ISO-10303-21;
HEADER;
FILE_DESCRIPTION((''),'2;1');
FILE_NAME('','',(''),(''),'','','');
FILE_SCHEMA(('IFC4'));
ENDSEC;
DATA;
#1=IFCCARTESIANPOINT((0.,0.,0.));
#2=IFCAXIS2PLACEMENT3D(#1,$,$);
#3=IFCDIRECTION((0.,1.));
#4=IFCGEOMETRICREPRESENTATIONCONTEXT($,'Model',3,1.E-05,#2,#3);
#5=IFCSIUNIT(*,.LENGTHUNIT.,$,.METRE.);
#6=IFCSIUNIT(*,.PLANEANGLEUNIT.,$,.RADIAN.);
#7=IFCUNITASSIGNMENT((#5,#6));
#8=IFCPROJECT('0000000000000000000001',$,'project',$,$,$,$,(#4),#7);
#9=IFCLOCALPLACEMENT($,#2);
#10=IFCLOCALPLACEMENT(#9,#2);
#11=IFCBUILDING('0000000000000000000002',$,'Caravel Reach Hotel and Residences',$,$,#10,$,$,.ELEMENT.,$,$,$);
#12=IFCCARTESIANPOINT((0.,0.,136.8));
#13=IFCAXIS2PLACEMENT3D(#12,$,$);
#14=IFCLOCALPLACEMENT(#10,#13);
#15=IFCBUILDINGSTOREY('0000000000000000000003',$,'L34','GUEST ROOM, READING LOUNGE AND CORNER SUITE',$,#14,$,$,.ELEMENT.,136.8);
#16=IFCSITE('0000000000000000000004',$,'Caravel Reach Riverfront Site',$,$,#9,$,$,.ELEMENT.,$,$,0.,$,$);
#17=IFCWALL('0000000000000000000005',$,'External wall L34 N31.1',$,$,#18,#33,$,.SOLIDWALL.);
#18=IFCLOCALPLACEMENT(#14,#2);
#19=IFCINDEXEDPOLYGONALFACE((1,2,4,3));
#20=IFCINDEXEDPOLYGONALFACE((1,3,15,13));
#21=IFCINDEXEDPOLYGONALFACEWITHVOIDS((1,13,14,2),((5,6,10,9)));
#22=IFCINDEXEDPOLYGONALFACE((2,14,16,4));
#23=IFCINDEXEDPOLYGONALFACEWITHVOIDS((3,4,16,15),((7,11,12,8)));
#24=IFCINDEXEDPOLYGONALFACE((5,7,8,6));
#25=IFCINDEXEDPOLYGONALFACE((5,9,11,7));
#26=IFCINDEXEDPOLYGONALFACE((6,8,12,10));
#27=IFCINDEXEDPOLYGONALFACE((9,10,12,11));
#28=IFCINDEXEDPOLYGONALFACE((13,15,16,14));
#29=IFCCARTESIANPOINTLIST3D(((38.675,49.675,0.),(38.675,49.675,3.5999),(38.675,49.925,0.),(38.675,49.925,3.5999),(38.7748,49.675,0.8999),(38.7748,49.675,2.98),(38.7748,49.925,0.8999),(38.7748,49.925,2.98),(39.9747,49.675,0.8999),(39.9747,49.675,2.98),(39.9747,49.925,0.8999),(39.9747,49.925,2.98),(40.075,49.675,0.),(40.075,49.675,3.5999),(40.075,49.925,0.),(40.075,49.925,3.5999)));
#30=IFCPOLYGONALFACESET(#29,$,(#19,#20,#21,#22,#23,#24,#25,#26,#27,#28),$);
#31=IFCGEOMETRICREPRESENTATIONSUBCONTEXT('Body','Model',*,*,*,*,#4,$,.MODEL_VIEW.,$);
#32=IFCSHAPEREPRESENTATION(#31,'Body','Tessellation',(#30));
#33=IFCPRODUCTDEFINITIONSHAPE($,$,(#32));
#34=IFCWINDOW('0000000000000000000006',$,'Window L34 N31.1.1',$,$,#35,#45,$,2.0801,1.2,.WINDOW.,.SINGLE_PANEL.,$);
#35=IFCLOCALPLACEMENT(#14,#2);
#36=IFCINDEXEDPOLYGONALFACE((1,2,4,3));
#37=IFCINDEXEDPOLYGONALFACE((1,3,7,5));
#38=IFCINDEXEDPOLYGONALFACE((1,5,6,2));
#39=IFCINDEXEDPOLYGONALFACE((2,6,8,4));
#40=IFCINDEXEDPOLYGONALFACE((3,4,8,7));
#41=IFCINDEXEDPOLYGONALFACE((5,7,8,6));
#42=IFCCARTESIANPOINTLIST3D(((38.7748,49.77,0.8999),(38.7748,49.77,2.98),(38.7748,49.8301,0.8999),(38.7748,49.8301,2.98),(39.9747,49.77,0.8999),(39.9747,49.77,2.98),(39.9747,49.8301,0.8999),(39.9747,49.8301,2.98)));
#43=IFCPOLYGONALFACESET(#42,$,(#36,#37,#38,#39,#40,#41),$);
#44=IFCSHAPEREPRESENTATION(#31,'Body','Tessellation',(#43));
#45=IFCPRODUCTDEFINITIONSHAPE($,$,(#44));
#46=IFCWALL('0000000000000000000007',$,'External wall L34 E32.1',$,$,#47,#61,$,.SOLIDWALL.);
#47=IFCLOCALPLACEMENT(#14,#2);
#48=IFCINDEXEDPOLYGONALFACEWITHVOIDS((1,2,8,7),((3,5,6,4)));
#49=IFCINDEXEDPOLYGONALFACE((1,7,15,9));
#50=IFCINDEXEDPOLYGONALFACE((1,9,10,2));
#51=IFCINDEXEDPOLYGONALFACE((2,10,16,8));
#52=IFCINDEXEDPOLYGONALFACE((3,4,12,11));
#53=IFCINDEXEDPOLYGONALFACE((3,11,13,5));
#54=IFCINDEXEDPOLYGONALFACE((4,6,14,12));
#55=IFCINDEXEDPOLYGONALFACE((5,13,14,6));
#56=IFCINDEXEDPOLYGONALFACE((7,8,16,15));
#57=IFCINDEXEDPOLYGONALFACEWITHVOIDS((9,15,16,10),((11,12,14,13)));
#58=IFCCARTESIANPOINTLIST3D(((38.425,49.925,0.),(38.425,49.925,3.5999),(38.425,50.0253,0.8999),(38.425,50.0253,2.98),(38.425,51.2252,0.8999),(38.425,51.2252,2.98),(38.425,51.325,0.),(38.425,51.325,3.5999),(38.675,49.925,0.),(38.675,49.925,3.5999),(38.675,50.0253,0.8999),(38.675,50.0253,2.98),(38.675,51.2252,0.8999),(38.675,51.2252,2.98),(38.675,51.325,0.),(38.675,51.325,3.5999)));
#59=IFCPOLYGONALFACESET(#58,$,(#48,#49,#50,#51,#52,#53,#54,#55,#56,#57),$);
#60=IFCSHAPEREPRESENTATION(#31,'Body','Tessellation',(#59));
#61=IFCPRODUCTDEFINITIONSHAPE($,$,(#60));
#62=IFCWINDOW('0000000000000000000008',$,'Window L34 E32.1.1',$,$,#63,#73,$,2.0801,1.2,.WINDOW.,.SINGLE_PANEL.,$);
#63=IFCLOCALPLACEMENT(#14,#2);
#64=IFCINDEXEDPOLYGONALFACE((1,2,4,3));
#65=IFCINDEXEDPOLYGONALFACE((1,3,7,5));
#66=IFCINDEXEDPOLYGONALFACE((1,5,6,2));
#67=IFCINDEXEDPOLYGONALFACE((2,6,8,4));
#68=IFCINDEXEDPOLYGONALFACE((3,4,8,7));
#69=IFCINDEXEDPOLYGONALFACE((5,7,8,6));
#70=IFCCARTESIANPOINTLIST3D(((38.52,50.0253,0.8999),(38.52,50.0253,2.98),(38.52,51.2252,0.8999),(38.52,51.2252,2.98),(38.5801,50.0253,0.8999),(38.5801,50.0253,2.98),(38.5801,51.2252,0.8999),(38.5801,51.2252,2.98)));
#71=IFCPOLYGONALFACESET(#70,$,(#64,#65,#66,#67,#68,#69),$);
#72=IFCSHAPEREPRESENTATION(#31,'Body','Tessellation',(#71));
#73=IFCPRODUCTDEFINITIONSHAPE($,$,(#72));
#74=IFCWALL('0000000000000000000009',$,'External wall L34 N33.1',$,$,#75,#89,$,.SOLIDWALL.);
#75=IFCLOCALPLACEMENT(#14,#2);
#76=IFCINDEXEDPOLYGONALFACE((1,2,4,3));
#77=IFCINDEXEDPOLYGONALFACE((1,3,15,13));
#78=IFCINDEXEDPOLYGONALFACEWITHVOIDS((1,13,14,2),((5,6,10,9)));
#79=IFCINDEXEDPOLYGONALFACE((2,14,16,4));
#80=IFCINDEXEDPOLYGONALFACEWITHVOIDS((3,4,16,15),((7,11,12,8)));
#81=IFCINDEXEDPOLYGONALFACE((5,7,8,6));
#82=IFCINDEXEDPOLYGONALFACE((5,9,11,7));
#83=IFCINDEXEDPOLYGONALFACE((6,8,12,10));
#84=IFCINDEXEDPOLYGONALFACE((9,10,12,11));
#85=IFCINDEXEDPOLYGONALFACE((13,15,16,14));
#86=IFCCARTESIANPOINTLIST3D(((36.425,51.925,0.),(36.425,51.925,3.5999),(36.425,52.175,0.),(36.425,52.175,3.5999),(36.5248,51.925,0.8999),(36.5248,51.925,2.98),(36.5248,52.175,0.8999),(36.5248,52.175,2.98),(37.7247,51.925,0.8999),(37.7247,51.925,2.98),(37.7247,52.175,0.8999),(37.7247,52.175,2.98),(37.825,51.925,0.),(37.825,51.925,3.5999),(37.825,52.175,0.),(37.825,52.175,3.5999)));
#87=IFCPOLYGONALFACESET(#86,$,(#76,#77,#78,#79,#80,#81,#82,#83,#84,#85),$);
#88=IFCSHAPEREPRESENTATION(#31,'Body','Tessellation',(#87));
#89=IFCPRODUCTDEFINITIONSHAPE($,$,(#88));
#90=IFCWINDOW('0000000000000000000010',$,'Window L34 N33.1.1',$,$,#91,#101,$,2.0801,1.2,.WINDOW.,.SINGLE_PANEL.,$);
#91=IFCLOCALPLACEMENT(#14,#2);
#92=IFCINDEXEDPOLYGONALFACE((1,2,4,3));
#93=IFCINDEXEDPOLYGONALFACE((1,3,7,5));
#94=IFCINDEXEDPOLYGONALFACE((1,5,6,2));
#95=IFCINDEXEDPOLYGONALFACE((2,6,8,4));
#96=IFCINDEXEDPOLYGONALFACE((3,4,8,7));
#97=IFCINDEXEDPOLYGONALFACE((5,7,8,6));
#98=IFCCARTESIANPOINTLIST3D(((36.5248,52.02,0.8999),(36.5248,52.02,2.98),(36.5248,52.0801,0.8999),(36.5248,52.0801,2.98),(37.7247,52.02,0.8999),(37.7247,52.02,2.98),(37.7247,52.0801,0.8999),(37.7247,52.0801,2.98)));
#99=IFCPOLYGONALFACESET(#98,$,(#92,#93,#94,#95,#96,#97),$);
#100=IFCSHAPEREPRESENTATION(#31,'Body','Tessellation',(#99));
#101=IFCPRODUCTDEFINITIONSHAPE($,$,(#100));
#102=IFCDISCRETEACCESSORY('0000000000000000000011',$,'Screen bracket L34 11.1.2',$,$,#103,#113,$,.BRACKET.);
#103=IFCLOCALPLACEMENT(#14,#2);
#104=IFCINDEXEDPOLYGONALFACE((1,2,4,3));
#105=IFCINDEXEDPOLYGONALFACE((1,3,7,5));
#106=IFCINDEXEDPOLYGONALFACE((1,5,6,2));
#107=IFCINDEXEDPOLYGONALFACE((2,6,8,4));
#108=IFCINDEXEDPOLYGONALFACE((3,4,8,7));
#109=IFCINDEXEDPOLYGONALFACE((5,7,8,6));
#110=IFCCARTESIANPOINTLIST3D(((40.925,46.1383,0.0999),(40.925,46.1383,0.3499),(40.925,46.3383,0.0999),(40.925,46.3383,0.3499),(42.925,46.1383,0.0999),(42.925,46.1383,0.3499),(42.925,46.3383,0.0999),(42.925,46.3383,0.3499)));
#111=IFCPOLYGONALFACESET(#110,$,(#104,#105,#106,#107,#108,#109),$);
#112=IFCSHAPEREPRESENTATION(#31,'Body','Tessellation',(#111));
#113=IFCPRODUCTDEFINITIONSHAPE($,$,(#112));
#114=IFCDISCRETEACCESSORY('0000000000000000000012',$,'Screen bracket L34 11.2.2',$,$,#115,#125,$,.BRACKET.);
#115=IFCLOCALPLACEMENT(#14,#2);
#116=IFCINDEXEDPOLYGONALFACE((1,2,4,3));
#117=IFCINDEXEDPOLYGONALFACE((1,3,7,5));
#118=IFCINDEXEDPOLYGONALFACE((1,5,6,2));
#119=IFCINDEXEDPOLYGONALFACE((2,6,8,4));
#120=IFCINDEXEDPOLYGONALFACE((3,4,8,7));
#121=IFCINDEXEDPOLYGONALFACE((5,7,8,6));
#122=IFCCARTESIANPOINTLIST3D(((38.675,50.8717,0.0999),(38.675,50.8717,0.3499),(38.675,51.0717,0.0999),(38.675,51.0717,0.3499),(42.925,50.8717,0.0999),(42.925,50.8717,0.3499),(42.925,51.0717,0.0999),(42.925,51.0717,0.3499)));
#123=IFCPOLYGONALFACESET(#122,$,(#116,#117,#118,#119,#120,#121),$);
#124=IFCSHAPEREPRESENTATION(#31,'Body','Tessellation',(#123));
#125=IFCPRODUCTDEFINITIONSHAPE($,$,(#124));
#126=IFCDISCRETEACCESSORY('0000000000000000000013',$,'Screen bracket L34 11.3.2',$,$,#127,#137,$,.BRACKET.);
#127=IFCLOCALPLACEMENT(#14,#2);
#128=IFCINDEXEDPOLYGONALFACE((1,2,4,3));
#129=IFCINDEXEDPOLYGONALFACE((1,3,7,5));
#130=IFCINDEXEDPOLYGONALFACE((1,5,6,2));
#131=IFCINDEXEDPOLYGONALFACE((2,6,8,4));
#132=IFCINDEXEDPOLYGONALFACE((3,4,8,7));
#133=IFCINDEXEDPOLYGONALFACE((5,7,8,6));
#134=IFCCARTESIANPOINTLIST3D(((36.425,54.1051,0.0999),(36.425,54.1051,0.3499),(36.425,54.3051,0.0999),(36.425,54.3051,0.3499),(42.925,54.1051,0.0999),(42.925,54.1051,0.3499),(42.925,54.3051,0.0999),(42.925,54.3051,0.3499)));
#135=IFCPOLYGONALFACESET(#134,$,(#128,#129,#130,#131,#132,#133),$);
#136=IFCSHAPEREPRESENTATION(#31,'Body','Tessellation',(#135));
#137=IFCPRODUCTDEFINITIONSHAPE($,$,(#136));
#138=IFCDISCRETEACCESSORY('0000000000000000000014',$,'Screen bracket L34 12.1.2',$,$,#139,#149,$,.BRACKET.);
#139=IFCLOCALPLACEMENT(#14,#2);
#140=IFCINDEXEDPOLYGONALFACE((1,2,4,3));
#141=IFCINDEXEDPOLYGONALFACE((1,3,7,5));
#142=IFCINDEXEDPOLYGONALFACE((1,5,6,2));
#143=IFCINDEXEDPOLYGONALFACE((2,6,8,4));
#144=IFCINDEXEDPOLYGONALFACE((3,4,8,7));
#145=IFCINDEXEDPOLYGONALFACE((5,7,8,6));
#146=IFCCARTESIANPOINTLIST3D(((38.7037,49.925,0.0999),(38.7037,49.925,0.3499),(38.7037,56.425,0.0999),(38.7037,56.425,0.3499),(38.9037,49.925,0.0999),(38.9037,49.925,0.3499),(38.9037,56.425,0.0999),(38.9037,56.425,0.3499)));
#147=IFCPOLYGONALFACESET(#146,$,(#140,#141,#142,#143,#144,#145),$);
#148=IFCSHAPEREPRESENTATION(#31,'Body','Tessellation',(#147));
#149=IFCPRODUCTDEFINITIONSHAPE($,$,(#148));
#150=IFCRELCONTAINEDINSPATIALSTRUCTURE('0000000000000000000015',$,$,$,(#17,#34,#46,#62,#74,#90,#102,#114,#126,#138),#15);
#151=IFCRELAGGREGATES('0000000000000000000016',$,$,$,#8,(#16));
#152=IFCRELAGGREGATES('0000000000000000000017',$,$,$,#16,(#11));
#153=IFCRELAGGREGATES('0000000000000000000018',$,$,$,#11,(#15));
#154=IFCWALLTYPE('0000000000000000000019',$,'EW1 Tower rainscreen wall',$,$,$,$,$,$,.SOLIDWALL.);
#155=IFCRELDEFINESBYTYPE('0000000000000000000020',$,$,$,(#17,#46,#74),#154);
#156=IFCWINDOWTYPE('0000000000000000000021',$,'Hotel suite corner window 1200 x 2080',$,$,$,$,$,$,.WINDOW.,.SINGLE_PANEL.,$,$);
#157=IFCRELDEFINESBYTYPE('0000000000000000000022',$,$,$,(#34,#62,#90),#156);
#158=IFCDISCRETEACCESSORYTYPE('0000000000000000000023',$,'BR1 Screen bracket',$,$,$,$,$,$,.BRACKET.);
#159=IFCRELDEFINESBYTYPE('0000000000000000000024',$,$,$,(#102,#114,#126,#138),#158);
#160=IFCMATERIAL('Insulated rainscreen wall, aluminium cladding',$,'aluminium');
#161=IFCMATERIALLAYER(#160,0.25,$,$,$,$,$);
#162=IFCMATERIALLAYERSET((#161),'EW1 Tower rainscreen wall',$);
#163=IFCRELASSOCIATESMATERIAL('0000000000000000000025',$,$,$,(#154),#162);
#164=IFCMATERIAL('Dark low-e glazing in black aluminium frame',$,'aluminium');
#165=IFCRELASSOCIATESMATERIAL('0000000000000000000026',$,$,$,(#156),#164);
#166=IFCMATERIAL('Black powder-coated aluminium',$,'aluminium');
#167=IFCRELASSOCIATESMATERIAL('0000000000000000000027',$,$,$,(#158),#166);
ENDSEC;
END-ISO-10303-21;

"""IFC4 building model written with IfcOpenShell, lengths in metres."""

from ifc_helpers import new_model, si_unit, direction, frame, frame_2d, origin, origin_2d, place, context, subcontext, project, spatial, rectangle, extrude, material, layer, layer_set, type_object, element, fill, save


model = new_model("IFC4")

# Units and contexts
model_context = context("Model", 3, precision=1e-05, world=origin(), true_north=direction((0.0, 1.0)))
body_context = subcontext(model_context, "Body", "Model", "MODEL_VIEW")
ifc_project = project(units=[si_unit("LENGTHUNIT", "METRE"), si_unit("PLANEANGLEUNIT", "RADIAN")], contexts=[model_context])

# Site, building, storey
site_placement = place(None, origin())
site = spatial("IfcSite", under=ifc_project, at=site_placement, Name="Caravel Reach Riverfront Site", CompositionType="ELEMENT", RefElevation=0.0)
building_placement = place(site_placement, origin())
building = spatial("IfcBuilding", under=site, at=building_placement, Name="Caravel Reach Hotel and Residences", CompositionType="ELEMENT")
storey_placement = place(building_placement, frame((0.0, 0.0, 136.8)))
storey = spatial("IfcBuildingStorey", under=building, at=storey_placement, Name="L34", Description="GUEST ROOM, READING LOUNGE AND CORNER SUITE", CompositionType="ELEMENT", Elevation=136.8)

# Walls, openings, windows
ifc_material_1 = material(Name="Insulated rainscreen wall, aluminium cladding", Category="aluminium")
ifc_layer = layer(ifc_material_1, 0.25)
ifc_layer_set = layer_set([ifc_layer], Name="EW1 Tower rainscreen wall")
wall_type = type_object("IfcWallType", Name="EW1 Tower rainscreen wall", PredefinedType="SOLIDWALL", material=ifc_layer_set)
wall_1_placement = place(storey_placement, frame((40.075, 49.8, 0.0), z_axis=(0.0, 0.0, 1.0), x_axis=(-1.0, 0.0, 0.0)))
wall_1 = element("IfcWall", 1, at=wall_1_placement, inside=storey, type_object=wall_type, Name="External wall L34 N31.1", PredefinedType="SOLIDWALL", context=body_context, shape_type="SweptSolid", body=[
    extrude(rectangle(XDim=1.3999, YDim=0.25, at=frame_2d((0.7, 0.0))), origin(), (0.0, 0.0, 1.0), 3.5999),
])
opening_1_placement = place(wall_1_placement, frame((0.1001, 0.0, 0.8999)))
opening_1 = element("IfcOpeningElement", 2, at=opening_1_placement, cuts=wall_1, PredefinedType="OPENING", context=body_context, shape_type="SweptSolid", body=[
    extrude(rectangle(XDim=1.2, YDim=2.0801, at=frame_2d((0.6001, 1.04))), frame((0.0, 0.135, 0.0), z_axis=(0.0, -1.0, 0.0), x_axis=(1.0, 0.0, 0.0)), (0.0, 0.0, 1.0), 0.27),
])
ifc_material_2 = material(Name="Dark low-e glazing in black aluminium frame", Category="aluminium")
window_type = type_object("IfcWindowType", Name="Hotel suite corner window 1200 x 2080", PartitioningType="SINGLE_PANEL", PredefinedType="WINDOW", material=ifc_material_2)
window_1_placement = place(opening_1_placement, origin())
window_1 = element("IfcWindow", 3, at=window_1_placement, inside=storey, type_object=window_type, Name="Window L34 N31.1.1", OverallHeight=2.0801, OverallWidth=1.2, PartitioningType="SINGLE_PANEL", PredefinedType="WINDOW", context=body_context, shape_type="SweptSolid", body=[
    extrude(rectangle(XDim=1.2, YDim=2.0801, at=frame_2d((0.6001, 1.04))), frame((0.0, 0.03, 0.0), z_axis=(0.0, -1.0, 0.0), x_axis=(1.0, 0.0, 0.0)), (0.0, 0.0, 1.0), 0.0601),
])
fill(opening_1, window_1)
wall_2_placement = place(storey_placement, frame((38.55, 49.925, 0.0), z_axis=(0.0, 0.0, 1.0), x_axis=(0.0, 1.0, 0.0)))
wall_2 = element("IfcWall", 4, at=wall_2_placement, inside=storey, type_object=wall_type, Name="External wall L34 E32.1", PredefinedType="SOLIDWALL", context=body_context, shape_type="SweptSolid", body=[
    extrude(rectangle(XDim=1.3999, YDim=0.25, at=frame_2d((0.7, 0.0))), origin(), (0.0, 0.0, 1.0), 3.5999),
])
opening_2_placement = place(wall_2_placement, frame((0.1001, 0.0, 0.8999)))
opening_2 = element("IfcOpeningElement", 5, at=opening_2_placement, cuts=wall_2, PredefinedType="OPENING", context=body_context, shape_type="SweptSolid", body=[
    extrude(rectangle(XDim=1.2, YDim=2.0801, at=frame_2d((0.6001, 1.04))), frame((0.0, 0.135, 0.0), z_axis=(0.0, -1.0, 0.0), x_axis=(1.0, 0.0, 0.0)), (0.0, 0.0, 1.0), 0.27),
])
window_2_placement = place(opening_2_placement, origin())
window_2 = element("IfcWindow", 6, at=window_2_placement, inside=storey, type_object=window_type, Name="Window L34 E32.1.1", OverallHeight=2.0801, OverallWidth=1.2, PartitioningType="SINGLE_PANEL", PredefinedType="WINDOW", context=body_context, shape_type="SweptSolid", body=[
    extrude(rectangle(XDim=1.2, YDim=2.0801, at=frame_2d((0.6001, 1.04))), frame((0.0, 0.03, 0.0), z_axis=(0.0, -1.0, 0.0), x_axis=(1.0, 0.0, 0.0)), (0.0, 0.0, 1.0), 0.0601),
])
fill(opening_2, window_2)
wall_3_placement = place(storey_placement, frame((37.825, 52.05, 0.0), z_axis=(0.0, 0.0, 1.0), x_axis=(-1.0, 0.0, 0.0)))
wall_3 = element("IfcWall", 7, at=wall_3_placement, inside=storey, type_object=wall_type, Name="External wall L34 N33.1", PredefinedType="SOLIDWALL", context=body_context, shape_type="SweptSolid", body=[
    extrude(rectangle(XDim=1.3999, YDim=0.25, at=frame_2d((0.7, 0.0))), origin(), (0.0, 0.0, 1.0), 3.5999),
])
opening_3_placement = place(wall_3_placement, frame((0.1001, 0.0, 0.8999)))
opening_3 = element("IfcOpeningElement", 8, at=opening_3_placement, cuts=wall_3, PredefinedType="OPENING", context=body_context, shape_type="SweptSolid", body=[
    extrude(rectangle(XDim=1.2, YDim=2.0801, at=frame_2d((0.6001, 1.04))), frame((0.0, 0.135, 0.0), z_axis=(0.0, -1.0, 0.0), x_axis=(1.0, 0.0, 0.0)), (0.0, 0.0, 1.0), 0.27),
])
window_3_placement = place(opening_3_placement, origin())
window_3 = element("IfcWindow", 9, at=window_3_placement, inside=storey, type_object=window_type, Name="Window L34 N33.1.1", OverallHeight=2.0801, OverallWidth=1.2, PartitioningType="SINGLE_PANEL", PredefinedType="WINDOW", context=body_context, shape_type="SweptSolid", body=[
    extrude(rectangle(XDim=1.2, YDim=2.0801, at=frame_2d((0.6001, 1.04))), frame((0.0, 0.03, 0.0), z_axis=(0.0, -1.0, 0.0), x_axis=(1.0, 0.0, 0.0)), (0.0, 0.0, 1.0), 0.0601),
])
fill(opening_3, window_3)

# Discrete accessories
ifc_material_3 = material(Name="Black powder-coated aluminium", Category="aluminium")
discrete_accessory_type = type_object("IfcDiscreteAccessoryType", Name="BR1 Screen bracket", PredefinedType="BRACKET", material=ifc_material_3)
discrete_accessory_1_placement = place(storey_placement, frame((41.925, 46.2383, 0.0999), z_axis=(0.0, 0.0, 1.0), x_axis=(1.0, 0.0, 0.0)))
element("IfcDiscreteAccessory", 10, at=discrete_accessory_1_placement, inside=storey, type_object=discrete_accessory_type, Name="Screen bracket L34 11.1.2", PredefinedType="BRACKET", context=body_context, shape_type="SweptSolid", body=[
    extrude(rectangle(XDim=2.0, YDim=0.2, at=origin_2d()), origin(), (0.0, 0.0, 1.0), 0.25),
])
discrete_accessory_2_placement = place(storey_placement, frame((40.8, 50.9717, 0.0999), z_axis=(0.0, 0.0, 1.0), x_axis=(1.0, 0.0, 0.0)))
element("IfcDiscreteAccessory", 11, at=discrete_accessory_2_placement, inside=storey, type_object=discrete_accessory_type, Name="Screen bracket L34 11.2.2", PredefinedType="BRACKET", context=body_context, shape_type="SweptSolid", body=[
    extrude(rectangle(XDim=4.25, YDim=0.2, at=origin_2d()), origin(), (0.0, 0.0, 1.0), 0.25),
])
for number, where, z_axis, x_axis, name in (
    (12, (39.675, 54.2051, 0.0999), (0.0, 0.0, 1.0), (1.0, 0.0, 0.0), "Screen bracket L34 11.3.2"),
    (13, (38.8037, 53.175, 0.0999), (0.0, 0.0, 1.0), (0.0, 1.0, 0.0), "Screen bracket L34 12.1.2"),
):
    element("IfcDiscreteAccessory", number, at=place(storey_placement, frame(where, z_axis=z_axis, x_axis=x_axis)), inside=storey, type_object=discrete_accessory_type, Name=name, PredefinedType="BRACKET", context=body_context, shape_type="SweptSolid", body=[
        extrude(rectangle(XDim=6.5, YDim=0.2, at=origin_2d()), origin(), (0.0, 0.0, 1.0), 0.25),
    ])

save(model, "model.ifc")
